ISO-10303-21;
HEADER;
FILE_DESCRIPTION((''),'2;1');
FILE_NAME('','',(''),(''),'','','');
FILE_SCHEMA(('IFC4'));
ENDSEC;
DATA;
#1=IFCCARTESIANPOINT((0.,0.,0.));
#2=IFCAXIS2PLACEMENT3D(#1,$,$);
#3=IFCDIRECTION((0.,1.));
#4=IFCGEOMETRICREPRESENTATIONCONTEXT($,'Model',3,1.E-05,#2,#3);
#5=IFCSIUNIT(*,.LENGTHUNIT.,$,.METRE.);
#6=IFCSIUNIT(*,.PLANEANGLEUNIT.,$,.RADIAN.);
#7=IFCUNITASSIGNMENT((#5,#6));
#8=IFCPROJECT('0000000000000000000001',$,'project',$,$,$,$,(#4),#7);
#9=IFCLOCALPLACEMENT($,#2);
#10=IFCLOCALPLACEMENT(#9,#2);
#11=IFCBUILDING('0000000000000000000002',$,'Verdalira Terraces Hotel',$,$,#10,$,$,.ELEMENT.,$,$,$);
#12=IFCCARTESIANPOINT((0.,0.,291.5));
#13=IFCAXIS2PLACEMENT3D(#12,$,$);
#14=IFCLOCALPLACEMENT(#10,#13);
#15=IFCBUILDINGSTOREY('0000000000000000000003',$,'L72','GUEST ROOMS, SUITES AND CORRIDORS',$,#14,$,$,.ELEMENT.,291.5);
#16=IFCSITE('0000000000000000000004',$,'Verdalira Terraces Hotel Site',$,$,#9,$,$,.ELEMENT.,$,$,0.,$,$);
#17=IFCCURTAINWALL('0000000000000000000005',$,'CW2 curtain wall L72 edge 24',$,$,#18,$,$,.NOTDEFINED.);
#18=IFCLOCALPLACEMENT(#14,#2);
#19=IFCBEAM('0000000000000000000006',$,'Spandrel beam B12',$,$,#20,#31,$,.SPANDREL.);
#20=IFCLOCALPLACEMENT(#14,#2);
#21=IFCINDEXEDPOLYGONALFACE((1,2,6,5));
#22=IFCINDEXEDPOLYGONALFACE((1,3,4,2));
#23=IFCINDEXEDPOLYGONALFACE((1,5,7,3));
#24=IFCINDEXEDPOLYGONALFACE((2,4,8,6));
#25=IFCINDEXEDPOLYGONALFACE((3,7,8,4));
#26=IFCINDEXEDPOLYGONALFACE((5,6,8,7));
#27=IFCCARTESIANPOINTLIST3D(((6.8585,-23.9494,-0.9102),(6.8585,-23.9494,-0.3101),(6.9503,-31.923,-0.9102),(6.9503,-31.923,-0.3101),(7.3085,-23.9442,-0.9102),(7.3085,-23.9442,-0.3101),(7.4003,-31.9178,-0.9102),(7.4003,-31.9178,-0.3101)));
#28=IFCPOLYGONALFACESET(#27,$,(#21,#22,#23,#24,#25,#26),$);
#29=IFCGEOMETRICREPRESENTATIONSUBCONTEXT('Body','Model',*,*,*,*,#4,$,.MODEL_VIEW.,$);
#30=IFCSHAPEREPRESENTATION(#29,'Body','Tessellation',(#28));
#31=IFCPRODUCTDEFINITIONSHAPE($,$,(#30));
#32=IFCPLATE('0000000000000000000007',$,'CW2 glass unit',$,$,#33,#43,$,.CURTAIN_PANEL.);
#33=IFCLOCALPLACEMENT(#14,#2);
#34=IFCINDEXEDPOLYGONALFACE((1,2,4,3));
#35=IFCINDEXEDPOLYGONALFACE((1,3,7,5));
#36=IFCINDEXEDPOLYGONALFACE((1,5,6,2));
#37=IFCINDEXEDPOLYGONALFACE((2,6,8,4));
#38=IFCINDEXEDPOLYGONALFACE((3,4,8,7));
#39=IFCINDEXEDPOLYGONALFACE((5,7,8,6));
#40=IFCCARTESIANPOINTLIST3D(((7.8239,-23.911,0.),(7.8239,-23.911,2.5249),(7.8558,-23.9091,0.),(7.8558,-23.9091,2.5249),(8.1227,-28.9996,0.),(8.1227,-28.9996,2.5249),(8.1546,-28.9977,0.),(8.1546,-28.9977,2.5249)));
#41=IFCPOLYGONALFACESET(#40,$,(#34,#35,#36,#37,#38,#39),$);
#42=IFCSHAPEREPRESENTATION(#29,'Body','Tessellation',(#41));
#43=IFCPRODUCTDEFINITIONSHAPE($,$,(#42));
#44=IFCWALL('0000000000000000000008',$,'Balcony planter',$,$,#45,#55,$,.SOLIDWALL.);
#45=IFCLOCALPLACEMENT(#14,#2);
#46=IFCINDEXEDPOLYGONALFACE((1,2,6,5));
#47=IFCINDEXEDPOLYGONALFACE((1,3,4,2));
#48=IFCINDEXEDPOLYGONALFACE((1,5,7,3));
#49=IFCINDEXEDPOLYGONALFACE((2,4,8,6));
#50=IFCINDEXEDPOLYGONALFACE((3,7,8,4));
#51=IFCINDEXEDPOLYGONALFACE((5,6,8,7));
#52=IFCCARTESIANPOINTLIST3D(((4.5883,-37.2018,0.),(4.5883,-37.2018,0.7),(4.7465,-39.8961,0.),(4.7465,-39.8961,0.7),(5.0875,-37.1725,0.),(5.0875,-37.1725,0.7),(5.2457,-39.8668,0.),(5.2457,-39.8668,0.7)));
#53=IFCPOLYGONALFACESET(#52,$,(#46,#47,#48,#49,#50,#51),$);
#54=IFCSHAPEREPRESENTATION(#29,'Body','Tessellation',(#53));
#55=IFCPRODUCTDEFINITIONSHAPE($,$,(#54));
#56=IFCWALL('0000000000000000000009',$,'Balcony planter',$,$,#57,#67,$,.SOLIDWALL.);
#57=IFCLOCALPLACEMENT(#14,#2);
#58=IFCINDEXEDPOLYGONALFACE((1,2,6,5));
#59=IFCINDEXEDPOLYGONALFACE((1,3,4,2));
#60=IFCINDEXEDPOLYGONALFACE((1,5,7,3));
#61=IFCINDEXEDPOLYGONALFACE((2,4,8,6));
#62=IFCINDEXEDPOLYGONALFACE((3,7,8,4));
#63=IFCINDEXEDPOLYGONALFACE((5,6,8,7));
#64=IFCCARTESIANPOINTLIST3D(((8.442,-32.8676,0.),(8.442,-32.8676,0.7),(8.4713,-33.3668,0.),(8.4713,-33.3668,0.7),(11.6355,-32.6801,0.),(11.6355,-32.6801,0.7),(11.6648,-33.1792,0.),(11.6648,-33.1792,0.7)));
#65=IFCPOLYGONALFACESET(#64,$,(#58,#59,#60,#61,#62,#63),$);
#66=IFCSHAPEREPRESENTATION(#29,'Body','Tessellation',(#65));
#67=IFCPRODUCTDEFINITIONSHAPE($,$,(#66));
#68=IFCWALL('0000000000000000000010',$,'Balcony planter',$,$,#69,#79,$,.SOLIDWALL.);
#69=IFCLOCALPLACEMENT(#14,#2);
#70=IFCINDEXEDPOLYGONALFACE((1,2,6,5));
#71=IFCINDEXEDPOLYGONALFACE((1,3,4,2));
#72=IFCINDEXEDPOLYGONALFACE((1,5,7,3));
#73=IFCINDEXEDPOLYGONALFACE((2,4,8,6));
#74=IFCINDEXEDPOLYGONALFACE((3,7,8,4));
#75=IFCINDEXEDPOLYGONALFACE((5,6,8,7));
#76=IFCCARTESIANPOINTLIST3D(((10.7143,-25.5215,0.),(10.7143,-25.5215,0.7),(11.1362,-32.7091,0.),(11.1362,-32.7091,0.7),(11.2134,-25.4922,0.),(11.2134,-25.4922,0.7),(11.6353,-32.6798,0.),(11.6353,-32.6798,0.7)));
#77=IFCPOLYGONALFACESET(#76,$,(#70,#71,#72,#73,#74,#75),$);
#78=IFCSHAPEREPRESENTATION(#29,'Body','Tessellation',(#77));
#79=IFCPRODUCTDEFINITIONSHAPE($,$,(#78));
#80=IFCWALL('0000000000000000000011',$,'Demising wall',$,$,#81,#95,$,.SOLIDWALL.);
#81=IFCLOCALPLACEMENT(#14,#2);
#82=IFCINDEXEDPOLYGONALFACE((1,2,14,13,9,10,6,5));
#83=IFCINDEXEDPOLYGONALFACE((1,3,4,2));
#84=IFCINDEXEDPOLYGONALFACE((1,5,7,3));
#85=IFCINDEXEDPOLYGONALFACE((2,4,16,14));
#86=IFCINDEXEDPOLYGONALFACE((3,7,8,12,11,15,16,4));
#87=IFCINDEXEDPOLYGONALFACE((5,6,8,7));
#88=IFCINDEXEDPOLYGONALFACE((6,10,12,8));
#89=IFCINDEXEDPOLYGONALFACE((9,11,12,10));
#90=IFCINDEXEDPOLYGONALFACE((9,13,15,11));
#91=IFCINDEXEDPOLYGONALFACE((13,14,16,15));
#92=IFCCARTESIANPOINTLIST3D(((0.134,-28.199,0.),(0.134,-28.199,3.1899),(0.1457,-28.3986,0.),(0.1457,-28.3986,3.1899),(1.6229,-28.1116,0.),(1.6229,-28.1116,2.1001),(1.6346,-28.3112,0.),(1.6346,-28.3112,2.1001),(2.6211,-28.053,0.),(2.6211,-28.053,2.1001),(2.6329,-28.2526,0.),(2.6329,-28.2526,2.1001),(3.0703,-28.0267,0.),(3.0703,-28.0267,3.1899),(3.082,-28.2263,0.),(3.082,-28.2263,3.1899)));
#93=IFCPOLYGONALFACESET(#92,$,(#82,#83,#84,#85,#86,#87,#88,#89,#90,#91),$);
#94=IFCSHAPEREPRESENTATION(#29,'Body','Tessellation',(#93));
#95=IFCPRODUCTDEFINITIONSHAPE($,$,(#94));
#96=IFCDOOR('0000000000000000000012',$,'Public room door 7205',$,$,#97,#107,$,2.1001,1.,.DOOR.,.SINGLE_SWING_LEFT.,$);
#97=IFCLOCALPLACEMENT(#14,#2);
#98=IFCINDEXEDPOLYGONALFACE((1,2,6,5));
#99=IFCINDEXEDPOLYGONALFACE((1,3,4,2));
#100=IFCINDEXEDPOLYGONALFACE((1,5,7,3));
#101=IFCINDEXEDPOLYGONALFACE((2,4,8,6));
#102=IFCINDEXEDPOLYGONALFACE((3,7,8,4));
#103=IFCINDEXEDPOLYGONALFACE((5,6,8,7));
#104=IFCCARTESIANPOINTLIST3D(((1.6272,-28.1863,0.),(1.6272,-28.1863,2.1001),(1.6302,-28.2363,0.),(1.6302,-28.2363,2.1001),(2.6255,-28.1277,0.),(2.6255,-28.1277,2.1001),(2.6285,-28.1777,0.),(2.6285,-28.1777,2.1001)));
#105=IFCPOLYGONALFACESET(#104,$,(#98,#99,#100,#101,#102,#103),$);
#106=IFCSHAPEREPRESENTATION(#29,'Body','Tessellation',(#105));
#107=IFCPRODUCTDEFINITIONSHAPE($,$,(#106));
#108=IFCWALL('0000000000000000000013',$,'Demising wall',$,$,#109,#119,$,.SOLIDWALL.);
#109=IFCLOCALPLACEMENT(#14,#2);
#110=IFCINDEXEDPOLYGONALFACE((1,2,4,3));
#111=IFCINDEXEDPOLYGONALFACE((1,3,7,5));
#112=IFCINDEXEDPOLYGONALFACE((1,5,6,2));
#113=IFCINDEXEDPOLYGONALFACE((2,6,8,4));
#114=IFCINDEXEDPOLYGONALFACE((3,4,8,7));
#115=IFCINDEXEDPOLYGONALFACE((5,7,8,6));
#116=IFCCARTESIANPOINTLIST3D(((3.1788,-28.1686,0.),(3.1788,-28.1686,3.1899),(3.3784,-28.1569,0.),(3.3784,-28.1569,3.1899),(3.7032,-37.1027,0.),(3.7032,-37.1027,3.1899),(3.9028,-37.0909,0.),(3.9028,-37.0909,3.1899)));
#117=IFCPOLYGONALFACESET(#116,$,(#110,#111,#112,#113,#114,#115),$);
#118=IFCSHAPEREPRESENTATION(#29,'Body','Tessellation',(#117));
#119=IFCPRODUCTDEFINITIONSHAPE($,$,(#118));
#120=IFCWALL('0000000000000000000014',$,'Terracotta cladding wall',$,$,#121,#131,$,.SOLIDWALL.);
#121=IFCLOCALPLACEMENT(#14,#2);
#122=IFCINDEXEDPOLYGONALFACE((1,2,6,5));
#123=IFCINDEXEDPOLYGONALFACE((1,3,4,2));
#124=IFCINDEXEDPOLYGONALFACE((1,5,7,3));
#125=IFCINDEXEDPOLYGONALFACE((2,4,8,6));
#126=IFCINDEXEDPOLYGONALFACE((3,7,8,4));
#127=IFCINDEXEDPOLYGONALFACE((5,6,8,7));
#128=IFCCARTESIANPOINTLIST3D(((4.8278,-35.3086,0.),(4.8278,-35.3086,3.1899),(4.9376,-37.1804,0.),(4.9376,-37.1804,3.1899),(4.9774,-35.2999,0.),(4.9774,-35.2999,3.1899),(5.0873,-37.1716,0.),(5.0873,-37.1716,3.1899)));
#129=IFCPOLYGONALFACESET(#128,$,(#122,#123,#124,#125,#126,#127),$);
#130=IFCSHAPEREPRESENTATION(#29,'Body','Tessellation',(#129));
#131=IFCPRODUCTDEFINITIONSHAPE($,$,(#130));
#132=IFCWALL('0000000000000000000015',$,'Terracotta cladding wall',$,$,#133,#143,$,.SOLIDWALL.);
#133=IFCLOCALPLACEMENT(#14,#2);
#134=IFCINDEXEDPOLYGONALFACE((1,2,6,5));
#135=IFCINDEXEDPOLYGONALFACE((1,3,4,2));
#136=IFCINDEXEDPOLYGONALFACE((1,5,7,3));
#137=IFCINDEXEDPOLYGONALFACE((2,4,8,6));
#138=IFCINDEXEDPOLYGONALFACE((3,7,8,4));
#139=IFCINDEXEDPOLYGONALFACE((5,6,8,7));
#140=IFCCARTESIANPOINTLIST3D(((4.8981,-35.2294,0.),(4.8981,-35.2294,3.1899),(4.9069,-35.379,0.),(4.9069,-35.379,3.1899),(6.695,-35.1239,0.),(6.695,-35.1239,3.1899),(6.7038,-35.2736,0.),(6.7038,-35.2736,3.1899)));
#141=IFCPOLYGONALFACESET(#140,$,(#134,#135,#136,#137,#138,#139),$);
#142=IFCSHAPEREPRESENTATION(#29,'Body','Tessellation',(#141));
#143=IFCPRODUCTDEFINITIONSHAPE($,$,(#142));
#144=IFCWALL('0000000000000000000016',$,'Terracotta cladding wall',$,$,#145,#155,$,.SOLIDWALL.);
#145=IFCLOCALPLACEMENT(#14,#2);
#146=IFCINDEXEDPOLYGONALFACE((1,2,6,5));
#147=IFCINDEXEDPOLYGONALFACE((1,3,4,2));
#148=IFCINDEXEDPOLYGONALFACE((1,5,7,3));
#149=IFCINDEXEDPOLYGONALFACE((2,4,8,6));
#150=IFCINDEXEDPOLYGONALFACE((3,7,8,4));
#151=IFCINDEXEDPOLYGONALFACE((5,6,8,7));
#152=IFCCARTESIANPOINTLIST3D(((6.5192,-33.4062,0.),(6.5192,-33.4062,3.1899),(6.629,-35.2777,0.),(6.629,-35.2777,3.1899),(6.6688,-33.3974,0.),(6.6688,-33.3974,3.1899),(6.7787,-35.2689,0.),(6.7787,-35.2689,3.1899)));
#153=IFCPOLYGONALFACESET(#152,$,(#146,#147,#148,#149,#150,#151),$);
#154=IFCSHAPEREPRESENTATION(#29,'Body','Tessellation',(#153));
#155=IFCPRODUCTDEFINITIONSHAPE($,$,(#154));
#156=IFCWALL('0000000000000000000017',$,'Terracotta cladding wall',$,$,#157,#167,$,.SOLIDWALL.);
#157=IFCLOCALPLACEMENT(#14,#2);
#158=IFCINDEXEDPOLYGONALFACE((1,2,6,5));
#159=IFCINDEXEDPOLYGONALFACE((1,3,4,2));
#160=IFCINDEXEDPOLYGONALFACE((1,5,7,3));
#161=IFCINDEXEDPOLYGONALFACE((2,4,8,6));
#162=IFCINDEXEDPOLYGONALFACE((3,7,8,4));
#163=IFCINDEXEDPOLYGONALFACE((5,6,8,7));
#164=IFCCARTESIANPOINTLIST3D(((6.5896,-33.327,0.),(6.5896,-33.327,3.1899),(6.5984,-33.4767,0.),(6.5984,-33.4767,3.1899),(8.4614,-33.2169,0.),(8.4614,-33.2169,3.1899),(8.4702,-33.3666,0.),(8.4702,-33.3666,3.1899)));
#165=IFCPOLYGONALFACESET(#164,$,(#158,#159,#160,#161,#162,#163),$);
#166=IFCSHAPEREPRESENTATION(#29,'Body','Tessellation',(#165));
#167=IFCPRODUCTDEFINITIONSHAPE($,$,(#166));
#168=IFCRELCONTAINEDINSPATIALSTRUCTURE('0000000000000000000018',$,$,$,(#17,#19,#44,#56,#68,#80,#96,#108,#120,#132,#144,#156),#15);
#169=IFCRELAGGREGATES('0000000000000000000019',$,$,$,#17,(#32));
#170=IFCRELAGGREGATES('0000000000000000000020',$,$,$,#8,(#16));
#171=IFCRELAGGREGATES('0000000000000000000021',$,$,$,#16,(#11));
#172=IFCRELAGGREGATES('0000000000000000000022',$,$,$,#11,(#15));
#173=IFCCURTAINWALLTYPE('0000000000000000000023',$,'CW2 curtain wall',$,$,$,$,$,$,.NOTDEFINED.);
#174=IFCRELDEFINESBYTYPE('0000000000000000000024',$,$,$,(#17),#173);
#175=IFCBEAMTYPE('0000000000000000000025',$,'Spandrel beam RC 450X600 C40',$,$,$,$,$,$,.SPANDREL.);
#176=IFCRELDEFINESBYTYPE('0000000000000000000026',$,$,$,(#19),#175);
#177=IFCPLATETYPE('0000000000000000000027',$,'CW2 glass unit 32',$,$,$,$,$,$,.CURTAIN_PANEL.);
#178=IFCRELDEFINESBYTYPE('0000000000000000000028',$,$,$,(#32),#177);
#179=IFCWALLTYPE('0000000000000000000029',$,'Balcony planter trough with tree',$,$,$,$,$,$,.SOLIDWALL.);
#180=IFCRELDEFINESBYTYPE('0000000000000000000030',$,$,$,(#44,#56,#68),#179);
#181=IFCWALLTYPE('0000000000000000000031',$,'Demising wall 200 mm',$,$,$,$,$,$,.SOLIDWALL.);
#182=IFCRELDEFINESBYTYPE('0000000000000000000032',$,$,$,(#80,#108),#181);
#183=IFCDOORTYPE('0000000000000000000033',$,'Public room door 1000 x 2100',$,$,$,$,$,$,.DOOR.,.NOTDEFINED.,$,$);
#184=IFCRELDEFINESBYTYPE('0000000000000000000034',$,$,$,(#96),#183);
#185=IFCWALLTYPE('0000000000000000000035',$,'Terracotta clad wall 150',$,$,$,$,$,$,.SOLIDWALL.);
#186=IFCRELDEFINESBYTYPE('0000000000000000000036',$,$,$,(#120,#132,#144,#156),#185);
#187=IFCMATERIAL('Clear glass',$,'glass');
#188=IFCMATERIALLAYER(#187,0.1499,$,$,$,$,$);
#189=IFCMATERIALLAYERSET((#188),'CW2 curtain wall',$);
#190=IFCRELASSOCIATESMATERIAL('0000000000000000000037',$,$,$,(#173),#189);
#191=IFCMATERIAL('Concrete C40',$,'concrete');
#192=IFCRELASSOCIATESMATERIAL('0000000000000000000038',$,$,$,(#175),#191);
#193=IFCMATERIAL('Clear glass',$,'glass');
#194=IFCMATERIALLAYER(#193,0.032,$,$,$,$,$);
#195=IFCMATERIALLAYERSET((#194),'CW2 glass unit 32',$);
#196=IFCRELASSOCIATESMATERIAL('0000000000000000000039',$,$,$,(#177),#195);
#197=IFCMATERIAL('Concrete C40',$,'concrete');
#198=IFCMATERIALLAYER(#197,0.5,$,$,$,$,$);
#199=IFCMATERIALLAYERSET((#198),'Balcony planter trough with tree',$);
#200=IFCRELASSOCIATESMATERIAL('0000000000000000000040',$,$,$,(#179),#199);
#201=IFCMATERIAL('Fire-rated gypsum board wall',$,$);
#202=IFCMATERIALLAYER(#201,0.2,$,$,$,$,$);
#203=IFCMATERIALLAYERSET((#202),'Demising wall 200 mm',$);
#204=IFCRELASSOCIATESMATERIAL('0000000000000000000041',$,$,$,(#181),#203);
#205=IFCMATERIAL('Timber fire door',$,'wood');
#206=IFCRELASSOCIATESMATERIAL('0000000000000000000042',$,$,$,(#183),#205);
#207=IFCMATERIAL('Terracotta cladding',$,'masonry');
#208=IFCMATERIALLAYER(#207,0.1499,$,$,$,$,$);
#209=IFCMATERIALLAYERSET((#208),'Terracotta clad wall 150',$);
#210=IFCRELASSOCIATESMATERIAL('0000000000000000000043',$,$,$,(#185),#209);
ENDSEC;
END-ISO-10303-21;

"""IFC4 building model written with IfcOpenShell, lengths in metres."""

from ifc_helpers import new_model, si_unit, direction, frame, frame_2d, origin, origin_2d, place, context, subcontext, project, spatial, rectangle, extrude, material, layer, layer_set, material_profile, profile_set, type_object, element, fill, aggregate, save


model = new_model("IFC4")

# Units and contexts
model_context = context("Model", 3, precision=1e-05, world=origin(), true_north=direction((0.0, 1.0)))
body_context = subcontext(model_context, "Body", "Model", "MODEL_VIEW")
ifc_project = project(units=[si_unit("LENGTHUNIT", "METRE"), si_unit("PLANEANGLEUNIT", "RADIAN")], contexts=[model_context])

# Site, building, storey
site_placement = place(None, origin())
site = spatial("IfcSite", under=ifc_project, at=site_placement, Name="Verdalira Terraces Hotel Site", CompositionType="ELEMENT", RefElevation=0.0)
building_placement = place(site_placement, origin())
building = spatial("IfcBuilding", under=site, at=building_placement, Name="Verdalira Terraces Hotel", CompositionType="ELEMENT")
storey_placement = place(building_placement, frame((0.0, 0.0, 291.5)))
storey = spatial("IfcBuildingStorey", under=building, at=storey_placement, Name="L72", Description="GUEST ROOMS, SUITES AND CORRIDORS", CompositionType="ELEMENT", Elevation=291.5)

# Curtain wall
ifc_material_1 = material(Name="Clear glass", Category="glass")
ifc_layer_1 = layer(ifc_material_1, 0.1499)
ifc_layer_set_1 = layer_set([ifc_layer_1], Name="CW2 curtain wall")
curtain_wall_type_1 = type_object("IfcCurtainWallType", Name="CW2 curtain wall", PredefinedType="NOTDEFINED", material=ifc_layer_set_1)
curtain_wall_1_placement = place(storey_placement, origin())
curtain_wall_1 = element("IfcCurtainWall", 1, at=curtain_wall_1_placement, inside=storey, type_object=curtain_wall_type_1, Name="CW2 curtain wall L72 edge 24", PredefinedType="NOTDEFINED")

# Beam
ifc_material_2 = material(Name="Concrete C40", Category="concrete")
ifc_material_profile_1 = material_profile(ifc_material_2, rectangle(XDim=0.45, YDim=0.6001, at=origin_2d()), Name="RC 450X600")
ifc_profile_set_1 = profile_set([ifc_material_profile_1], Name="Concrete C40")
beam_type_1 = type_object("IfcBeamType", Name="Spandrel beam RC 450X600 C40", PredefinedType="SPANDREL", material=ifc_profile_set_1)
beam_1_placement = place(storey_placement, frame((7.1753, -31.9204, -0.6101), z_axis=(-0.011512, 0.999934, 0.0), x_axis=(-0.999934, -0.011512, 0.0)))
element("IfcBeam", 2, at=beam_1_placement, inside=storey, type_object=beam_type_1, Name="Spandrel beam B12", PredefinedType="SPANDREL", context=body_context, shape_type="SweptSolid", body=[
    extrude(rectangle(XDim=0.45, YDim=0.6001, at=origin_2d()), origin(), (0.0, 0.0, 1.0), 7.9741),
])

# Plate
ifc_material_3 = material(Name="Clear glass", Category="glass")
ifc_layer_2 = layer(ifc_material_3, 0.032)
ifc_layer_set_2 = layer_set([ifc_layer_2], Name="CW2 glass unit 32")
plate_type = type_object("IfcPlateType", Name="CW2 glass unit 32", PredefinedType="CURTAIN_PANEL", material=ifc_layer_set_2)
plate_placement = place(storey_placement, frame((7.9893, -26.4543, 0.0), z_axis=(0.0, 0.0, 1.0), x_axis=(-0.058609, 0.998281, 0.0)))
plate = element("IfcPlate", 3, at=plate_placement, type_object=plate_type, Name="CW2 glass unit", PredefinedType="CURTAIN_PANEL", context=body_context, shape_type="SweptSolid", body=[
    extrude(rectangle(XDim=5.0974, YDim=0.032, at=origin_2d()), origin(), (0.0, 0.0, 1.0), 2.5249),
])
aggregate(curtain_wall_1, [plate])

# Walls
ifc_material_4 = material(Name="Concrete C40", Category="concrete")
ifc_layer_3 = layer(ifc_material_4, 0.5)
ifc_layer_set_3 = layer_set([ifc_layer_3], Name="Balcony planter trough with tree")
wall_type_1 = type_object("IfcWallType", Name="Balcony planter trough with tree", PredefinedType="SOLIDWALL", material=ifc_layer_set_3)
wall_1_placement = place(storey_placement, frame((4.9961, -39.8816, 0.0), z_axis=(0.0, 0.0, 1.0), x_axis=(-0.058616, 0.998281, 0.0)))
element("IfcWall", 4, at=wall_1_placement, inside=storey, type_object=wall_type_1, Name="Balcony planter", PredefinedType="SOLIDWALL", context=body_context, shape_type="SweptSolid", body=[
    extrude(rectangle(XDim=2.699, YDim=0.5, at=frame_2d((1.3496, 0.0))), origin(), (0.0, 0.0, 1.0), 0.7),
])
wall_2_placement = place(storey_placement, frame((8.4565, -33.1172, 0.0), z_axis=(0.0, 0.0, 1.0), x_axis=(0.998281, 0.058615, 0.0)))
element("IfcWall", 5, at=wall_2_placement, inside=storey, type_object=wall_type_1, Name="Balcony planter", PredefinedType="SOLIDWALL", context=body_context, shape_type="SweptSolid", body=[
    extrude(rectangle(XDim=3.199, YDim=0.5, at=frame_2d((1.5996, 0.0))), origin(), (0.0, 0.0, 1.0), 0.7),
])
wall_3_placement = place(storey_placement, frame((11.3857, -32.6946, 0.0), z_axis=(0.0, 0.0, 1.0), x_axis=(-0.058595, 0.998282, 0.0)))
element("IfcWall", 6, at=wall_3_placement, inside=storey, type_object=wall_type_1, Name="Balcony planter", PredefinedType="SOLIDWALL", context=body_context, shape_type="SweptSolid", body=[
    extrude(rectangle(XDim=7.2, YDim=0.5, at=frame_2d((3.6001, 0.0))), origin(), (0.0, 0.0, 1.0), 0.7),
])

# Wall, opening, door
ifc_material_5 = material(Name="Fire-rated gypsum board wall")
ifc_layer_4 = layer(ifc_material_5, 0.2)
ifc_layer_set_4 = layer_set([ifc_layer_4], Name="Demising wall 200 mm")
wall_type_2 = type_object("IfcWallType", Name="Demising wall 200 mm", PredefinedType="SOLIDWALL", material=ifc_layer_set_4)
wall_4_placement = place(storey_placement, frame((3.0762, -28.1265, 0.0), z_axis=(0.0, 0.0, 1.0), x_axis=(-0.998282, -0.0586, 0.0)))
wall_4 = element("IfcWall", 7, at=wall_4_placement, inside=storey, type_object=wall_type_2, Name="Demising wall", PredefinedType="SOLIDWALL", context=body_context, shape_type="SweptSolid", body=[
    extrude(rectangle(XDim=2.9414, YDim=0.2, at=frame_2d((1.4707, 0.0))), origin(), (0.0, 0.0, 1.0), 3.1899),
])
opening_1_placement = place(wall_4_placement, frame((0.45, 0.0, 0.0)))
opening_1 = element("IfcOpeningElement", 8, at=opening_1_placement, cuts=wall_4, PredefinedType="OPENING", context=body_context, shape_type="SweptSolid", body=[
    extrude(rectangle(XDim=1.0, YDim=2.1001, at=frame_2d((0.5, 1.05))), frame((0.0, 0.1099, 0.0), z_axis=(0.0, -1.0, 0.0), x_axis=(1.0, 0.0, 0.0)), (0.0, 0.0, 1.0), 0.22),
])
ifc_material_6 = material(Name="Timber fire door", Category="wood")
door_type_1 = type_object("IfcDoorType", Name="Public room door 1000 x 2100", OperationType="NOTDEFINED", PredefinedType="DOOR", material=ifc_material_6)
door_1_placement = place(opening_1_placement, origin())
door_1 = element("IfcDoor", 9, at=door_1_placement, inside=storey, type_object=door_type_1, Name="Public room door 7205", OperationType="SINGLE_SWING_LEFT", OverallHeight=2.1001, OverallWidth=1.0, PredefinedType="DOOR", context=body_context, shape_type="SweptSolid", body=[
    extrude(rectangle(XDim=1.0, YDim=2.1001, at=frame_2d((0.5, 1.05))), frame((0.0, 0.0249, 0.0), z_axis=(0.0, -1.0, 0.0), x_axis=(1.0, 0.0, 0.0)), (0.0, 0.0, 1.0), 0.05),
])
fill(opening_1, door_1)

# Walls
wall_5_placement = place(storey_placement, frame((3.803, -37.0967, 0.0), z_axis=(0.0, 0.0, 1.0), x_axis=(-0.058597, 0.998282, 0.0)))
element("IfcWall", 10, at=wall_5_placement, inside=storey, type_object=wall_type_2, Name="Demising wall", PredefinedType="SOLIDWALL", context=body_context, shape_type="SweptSolid", body=[
    extrude(rectangle(XDim=8.9495, YDim=0.2, at=frame_2d((4.4746, 0.0))), origin(), (0.0, 0.0, 1.0), 3.1899),
])
ifc_material_7 = material(Name="Terracotta cladding", Category="masonry")
ifc_layer_5 = layer(ifc_material_7, 0.1499)
ifc_layer_set_5 = layer_set([ifc_layer_5], Name="Terracotta clad wall 150")
wall_type_3 = type_object("IfcWallType", Name="Terracotta clad wall 150", PredefinedType="SOLIDWALL", material=ifc_layer_set_5)
wall_6_placement = place(storey_placement, frame((5.0125, -37.176, 0.0), z_axis=(0.0, 0.0, 1.0), x_axis=(-0.058592, 0.998282, 0.0)))
element("IfcWall", 11, at=wall_6_placement, inside=storey, type_object=wall_type_3, Name="Terracotta cladding wall", PredefinedType="SOLIDWALL", context=body_context, shape_type="SweptSolid", body=[
    extrude(rectangle(XDim=1.875, YDim=0.1499, at=frame_2d((0.9375, 0.0))), origin(), (0.0, 0.0, 1.0), 3.1899),
])
wall_7_placement = place(storey_placement, frame((4.9026, -35.3042, 0.0), z_axis=(0.0, 0.0, 1.0), x_axis=(0.998282, 0.058595, 0.0)))
element("IfcWall", 12, at=wall_7_placement, inside=storey, type_object=wall_type_3, Name="Terracotta cladding wall", PredefinedType="SOLIDWALL", context=body_context, shape_type="SweptSolid", body=[
    extrude(rectangle(XDim=1.8, YDim=0.1499, at=frame_2d((0.8999, 0.0))), origin(), (0.0, 0.0, 1.0), 3.1899),
])
wall_8_placement = place(storey_placement, frame((6.7039, -35.2734, 0.0), z_axis=(0.0, 0.0, 1.0), x_axis=(-0.0586, 0.998282, 0.0)))
element("IfcWall", 13, at=wall_8_placement, inside=storey, type_object=wall_type_3, Name="Terracotta cladding wall", PredefinedType="SOLIDWALL", context=body_context, shape_type="SweptSolid", body=[
    extrude(rectangle(XDim=1.8748, YDim=0.1499, at=frame_2d((0.9375, 0.0))), origin(), (0.0, 0.0, 1.0), 3.1899),
])
wall_9_placement = place(storey_placement, frame((6.594, -33.4019, 0.0), z_axis=(0.0, 0.0, 1.0), x_axis=(0.998274, 0.058722, 0.0)))
element("IfcWall", 14, at=wall_9_placement, inside=storey, type_object=wall_type_3, Name="Terracotta cladding wall", PredefinedType="SOLIDWALL", context=body_context, shape_type="SweptSolid", body=[
    extrude(rectangle(XDim=1.875, YDim=0.1499, at=frame_2d((0.9375, 0.0))), origin(), (0.0, 0.0, 1.0), 3.1899),
])

save(model, "model.ifc")
